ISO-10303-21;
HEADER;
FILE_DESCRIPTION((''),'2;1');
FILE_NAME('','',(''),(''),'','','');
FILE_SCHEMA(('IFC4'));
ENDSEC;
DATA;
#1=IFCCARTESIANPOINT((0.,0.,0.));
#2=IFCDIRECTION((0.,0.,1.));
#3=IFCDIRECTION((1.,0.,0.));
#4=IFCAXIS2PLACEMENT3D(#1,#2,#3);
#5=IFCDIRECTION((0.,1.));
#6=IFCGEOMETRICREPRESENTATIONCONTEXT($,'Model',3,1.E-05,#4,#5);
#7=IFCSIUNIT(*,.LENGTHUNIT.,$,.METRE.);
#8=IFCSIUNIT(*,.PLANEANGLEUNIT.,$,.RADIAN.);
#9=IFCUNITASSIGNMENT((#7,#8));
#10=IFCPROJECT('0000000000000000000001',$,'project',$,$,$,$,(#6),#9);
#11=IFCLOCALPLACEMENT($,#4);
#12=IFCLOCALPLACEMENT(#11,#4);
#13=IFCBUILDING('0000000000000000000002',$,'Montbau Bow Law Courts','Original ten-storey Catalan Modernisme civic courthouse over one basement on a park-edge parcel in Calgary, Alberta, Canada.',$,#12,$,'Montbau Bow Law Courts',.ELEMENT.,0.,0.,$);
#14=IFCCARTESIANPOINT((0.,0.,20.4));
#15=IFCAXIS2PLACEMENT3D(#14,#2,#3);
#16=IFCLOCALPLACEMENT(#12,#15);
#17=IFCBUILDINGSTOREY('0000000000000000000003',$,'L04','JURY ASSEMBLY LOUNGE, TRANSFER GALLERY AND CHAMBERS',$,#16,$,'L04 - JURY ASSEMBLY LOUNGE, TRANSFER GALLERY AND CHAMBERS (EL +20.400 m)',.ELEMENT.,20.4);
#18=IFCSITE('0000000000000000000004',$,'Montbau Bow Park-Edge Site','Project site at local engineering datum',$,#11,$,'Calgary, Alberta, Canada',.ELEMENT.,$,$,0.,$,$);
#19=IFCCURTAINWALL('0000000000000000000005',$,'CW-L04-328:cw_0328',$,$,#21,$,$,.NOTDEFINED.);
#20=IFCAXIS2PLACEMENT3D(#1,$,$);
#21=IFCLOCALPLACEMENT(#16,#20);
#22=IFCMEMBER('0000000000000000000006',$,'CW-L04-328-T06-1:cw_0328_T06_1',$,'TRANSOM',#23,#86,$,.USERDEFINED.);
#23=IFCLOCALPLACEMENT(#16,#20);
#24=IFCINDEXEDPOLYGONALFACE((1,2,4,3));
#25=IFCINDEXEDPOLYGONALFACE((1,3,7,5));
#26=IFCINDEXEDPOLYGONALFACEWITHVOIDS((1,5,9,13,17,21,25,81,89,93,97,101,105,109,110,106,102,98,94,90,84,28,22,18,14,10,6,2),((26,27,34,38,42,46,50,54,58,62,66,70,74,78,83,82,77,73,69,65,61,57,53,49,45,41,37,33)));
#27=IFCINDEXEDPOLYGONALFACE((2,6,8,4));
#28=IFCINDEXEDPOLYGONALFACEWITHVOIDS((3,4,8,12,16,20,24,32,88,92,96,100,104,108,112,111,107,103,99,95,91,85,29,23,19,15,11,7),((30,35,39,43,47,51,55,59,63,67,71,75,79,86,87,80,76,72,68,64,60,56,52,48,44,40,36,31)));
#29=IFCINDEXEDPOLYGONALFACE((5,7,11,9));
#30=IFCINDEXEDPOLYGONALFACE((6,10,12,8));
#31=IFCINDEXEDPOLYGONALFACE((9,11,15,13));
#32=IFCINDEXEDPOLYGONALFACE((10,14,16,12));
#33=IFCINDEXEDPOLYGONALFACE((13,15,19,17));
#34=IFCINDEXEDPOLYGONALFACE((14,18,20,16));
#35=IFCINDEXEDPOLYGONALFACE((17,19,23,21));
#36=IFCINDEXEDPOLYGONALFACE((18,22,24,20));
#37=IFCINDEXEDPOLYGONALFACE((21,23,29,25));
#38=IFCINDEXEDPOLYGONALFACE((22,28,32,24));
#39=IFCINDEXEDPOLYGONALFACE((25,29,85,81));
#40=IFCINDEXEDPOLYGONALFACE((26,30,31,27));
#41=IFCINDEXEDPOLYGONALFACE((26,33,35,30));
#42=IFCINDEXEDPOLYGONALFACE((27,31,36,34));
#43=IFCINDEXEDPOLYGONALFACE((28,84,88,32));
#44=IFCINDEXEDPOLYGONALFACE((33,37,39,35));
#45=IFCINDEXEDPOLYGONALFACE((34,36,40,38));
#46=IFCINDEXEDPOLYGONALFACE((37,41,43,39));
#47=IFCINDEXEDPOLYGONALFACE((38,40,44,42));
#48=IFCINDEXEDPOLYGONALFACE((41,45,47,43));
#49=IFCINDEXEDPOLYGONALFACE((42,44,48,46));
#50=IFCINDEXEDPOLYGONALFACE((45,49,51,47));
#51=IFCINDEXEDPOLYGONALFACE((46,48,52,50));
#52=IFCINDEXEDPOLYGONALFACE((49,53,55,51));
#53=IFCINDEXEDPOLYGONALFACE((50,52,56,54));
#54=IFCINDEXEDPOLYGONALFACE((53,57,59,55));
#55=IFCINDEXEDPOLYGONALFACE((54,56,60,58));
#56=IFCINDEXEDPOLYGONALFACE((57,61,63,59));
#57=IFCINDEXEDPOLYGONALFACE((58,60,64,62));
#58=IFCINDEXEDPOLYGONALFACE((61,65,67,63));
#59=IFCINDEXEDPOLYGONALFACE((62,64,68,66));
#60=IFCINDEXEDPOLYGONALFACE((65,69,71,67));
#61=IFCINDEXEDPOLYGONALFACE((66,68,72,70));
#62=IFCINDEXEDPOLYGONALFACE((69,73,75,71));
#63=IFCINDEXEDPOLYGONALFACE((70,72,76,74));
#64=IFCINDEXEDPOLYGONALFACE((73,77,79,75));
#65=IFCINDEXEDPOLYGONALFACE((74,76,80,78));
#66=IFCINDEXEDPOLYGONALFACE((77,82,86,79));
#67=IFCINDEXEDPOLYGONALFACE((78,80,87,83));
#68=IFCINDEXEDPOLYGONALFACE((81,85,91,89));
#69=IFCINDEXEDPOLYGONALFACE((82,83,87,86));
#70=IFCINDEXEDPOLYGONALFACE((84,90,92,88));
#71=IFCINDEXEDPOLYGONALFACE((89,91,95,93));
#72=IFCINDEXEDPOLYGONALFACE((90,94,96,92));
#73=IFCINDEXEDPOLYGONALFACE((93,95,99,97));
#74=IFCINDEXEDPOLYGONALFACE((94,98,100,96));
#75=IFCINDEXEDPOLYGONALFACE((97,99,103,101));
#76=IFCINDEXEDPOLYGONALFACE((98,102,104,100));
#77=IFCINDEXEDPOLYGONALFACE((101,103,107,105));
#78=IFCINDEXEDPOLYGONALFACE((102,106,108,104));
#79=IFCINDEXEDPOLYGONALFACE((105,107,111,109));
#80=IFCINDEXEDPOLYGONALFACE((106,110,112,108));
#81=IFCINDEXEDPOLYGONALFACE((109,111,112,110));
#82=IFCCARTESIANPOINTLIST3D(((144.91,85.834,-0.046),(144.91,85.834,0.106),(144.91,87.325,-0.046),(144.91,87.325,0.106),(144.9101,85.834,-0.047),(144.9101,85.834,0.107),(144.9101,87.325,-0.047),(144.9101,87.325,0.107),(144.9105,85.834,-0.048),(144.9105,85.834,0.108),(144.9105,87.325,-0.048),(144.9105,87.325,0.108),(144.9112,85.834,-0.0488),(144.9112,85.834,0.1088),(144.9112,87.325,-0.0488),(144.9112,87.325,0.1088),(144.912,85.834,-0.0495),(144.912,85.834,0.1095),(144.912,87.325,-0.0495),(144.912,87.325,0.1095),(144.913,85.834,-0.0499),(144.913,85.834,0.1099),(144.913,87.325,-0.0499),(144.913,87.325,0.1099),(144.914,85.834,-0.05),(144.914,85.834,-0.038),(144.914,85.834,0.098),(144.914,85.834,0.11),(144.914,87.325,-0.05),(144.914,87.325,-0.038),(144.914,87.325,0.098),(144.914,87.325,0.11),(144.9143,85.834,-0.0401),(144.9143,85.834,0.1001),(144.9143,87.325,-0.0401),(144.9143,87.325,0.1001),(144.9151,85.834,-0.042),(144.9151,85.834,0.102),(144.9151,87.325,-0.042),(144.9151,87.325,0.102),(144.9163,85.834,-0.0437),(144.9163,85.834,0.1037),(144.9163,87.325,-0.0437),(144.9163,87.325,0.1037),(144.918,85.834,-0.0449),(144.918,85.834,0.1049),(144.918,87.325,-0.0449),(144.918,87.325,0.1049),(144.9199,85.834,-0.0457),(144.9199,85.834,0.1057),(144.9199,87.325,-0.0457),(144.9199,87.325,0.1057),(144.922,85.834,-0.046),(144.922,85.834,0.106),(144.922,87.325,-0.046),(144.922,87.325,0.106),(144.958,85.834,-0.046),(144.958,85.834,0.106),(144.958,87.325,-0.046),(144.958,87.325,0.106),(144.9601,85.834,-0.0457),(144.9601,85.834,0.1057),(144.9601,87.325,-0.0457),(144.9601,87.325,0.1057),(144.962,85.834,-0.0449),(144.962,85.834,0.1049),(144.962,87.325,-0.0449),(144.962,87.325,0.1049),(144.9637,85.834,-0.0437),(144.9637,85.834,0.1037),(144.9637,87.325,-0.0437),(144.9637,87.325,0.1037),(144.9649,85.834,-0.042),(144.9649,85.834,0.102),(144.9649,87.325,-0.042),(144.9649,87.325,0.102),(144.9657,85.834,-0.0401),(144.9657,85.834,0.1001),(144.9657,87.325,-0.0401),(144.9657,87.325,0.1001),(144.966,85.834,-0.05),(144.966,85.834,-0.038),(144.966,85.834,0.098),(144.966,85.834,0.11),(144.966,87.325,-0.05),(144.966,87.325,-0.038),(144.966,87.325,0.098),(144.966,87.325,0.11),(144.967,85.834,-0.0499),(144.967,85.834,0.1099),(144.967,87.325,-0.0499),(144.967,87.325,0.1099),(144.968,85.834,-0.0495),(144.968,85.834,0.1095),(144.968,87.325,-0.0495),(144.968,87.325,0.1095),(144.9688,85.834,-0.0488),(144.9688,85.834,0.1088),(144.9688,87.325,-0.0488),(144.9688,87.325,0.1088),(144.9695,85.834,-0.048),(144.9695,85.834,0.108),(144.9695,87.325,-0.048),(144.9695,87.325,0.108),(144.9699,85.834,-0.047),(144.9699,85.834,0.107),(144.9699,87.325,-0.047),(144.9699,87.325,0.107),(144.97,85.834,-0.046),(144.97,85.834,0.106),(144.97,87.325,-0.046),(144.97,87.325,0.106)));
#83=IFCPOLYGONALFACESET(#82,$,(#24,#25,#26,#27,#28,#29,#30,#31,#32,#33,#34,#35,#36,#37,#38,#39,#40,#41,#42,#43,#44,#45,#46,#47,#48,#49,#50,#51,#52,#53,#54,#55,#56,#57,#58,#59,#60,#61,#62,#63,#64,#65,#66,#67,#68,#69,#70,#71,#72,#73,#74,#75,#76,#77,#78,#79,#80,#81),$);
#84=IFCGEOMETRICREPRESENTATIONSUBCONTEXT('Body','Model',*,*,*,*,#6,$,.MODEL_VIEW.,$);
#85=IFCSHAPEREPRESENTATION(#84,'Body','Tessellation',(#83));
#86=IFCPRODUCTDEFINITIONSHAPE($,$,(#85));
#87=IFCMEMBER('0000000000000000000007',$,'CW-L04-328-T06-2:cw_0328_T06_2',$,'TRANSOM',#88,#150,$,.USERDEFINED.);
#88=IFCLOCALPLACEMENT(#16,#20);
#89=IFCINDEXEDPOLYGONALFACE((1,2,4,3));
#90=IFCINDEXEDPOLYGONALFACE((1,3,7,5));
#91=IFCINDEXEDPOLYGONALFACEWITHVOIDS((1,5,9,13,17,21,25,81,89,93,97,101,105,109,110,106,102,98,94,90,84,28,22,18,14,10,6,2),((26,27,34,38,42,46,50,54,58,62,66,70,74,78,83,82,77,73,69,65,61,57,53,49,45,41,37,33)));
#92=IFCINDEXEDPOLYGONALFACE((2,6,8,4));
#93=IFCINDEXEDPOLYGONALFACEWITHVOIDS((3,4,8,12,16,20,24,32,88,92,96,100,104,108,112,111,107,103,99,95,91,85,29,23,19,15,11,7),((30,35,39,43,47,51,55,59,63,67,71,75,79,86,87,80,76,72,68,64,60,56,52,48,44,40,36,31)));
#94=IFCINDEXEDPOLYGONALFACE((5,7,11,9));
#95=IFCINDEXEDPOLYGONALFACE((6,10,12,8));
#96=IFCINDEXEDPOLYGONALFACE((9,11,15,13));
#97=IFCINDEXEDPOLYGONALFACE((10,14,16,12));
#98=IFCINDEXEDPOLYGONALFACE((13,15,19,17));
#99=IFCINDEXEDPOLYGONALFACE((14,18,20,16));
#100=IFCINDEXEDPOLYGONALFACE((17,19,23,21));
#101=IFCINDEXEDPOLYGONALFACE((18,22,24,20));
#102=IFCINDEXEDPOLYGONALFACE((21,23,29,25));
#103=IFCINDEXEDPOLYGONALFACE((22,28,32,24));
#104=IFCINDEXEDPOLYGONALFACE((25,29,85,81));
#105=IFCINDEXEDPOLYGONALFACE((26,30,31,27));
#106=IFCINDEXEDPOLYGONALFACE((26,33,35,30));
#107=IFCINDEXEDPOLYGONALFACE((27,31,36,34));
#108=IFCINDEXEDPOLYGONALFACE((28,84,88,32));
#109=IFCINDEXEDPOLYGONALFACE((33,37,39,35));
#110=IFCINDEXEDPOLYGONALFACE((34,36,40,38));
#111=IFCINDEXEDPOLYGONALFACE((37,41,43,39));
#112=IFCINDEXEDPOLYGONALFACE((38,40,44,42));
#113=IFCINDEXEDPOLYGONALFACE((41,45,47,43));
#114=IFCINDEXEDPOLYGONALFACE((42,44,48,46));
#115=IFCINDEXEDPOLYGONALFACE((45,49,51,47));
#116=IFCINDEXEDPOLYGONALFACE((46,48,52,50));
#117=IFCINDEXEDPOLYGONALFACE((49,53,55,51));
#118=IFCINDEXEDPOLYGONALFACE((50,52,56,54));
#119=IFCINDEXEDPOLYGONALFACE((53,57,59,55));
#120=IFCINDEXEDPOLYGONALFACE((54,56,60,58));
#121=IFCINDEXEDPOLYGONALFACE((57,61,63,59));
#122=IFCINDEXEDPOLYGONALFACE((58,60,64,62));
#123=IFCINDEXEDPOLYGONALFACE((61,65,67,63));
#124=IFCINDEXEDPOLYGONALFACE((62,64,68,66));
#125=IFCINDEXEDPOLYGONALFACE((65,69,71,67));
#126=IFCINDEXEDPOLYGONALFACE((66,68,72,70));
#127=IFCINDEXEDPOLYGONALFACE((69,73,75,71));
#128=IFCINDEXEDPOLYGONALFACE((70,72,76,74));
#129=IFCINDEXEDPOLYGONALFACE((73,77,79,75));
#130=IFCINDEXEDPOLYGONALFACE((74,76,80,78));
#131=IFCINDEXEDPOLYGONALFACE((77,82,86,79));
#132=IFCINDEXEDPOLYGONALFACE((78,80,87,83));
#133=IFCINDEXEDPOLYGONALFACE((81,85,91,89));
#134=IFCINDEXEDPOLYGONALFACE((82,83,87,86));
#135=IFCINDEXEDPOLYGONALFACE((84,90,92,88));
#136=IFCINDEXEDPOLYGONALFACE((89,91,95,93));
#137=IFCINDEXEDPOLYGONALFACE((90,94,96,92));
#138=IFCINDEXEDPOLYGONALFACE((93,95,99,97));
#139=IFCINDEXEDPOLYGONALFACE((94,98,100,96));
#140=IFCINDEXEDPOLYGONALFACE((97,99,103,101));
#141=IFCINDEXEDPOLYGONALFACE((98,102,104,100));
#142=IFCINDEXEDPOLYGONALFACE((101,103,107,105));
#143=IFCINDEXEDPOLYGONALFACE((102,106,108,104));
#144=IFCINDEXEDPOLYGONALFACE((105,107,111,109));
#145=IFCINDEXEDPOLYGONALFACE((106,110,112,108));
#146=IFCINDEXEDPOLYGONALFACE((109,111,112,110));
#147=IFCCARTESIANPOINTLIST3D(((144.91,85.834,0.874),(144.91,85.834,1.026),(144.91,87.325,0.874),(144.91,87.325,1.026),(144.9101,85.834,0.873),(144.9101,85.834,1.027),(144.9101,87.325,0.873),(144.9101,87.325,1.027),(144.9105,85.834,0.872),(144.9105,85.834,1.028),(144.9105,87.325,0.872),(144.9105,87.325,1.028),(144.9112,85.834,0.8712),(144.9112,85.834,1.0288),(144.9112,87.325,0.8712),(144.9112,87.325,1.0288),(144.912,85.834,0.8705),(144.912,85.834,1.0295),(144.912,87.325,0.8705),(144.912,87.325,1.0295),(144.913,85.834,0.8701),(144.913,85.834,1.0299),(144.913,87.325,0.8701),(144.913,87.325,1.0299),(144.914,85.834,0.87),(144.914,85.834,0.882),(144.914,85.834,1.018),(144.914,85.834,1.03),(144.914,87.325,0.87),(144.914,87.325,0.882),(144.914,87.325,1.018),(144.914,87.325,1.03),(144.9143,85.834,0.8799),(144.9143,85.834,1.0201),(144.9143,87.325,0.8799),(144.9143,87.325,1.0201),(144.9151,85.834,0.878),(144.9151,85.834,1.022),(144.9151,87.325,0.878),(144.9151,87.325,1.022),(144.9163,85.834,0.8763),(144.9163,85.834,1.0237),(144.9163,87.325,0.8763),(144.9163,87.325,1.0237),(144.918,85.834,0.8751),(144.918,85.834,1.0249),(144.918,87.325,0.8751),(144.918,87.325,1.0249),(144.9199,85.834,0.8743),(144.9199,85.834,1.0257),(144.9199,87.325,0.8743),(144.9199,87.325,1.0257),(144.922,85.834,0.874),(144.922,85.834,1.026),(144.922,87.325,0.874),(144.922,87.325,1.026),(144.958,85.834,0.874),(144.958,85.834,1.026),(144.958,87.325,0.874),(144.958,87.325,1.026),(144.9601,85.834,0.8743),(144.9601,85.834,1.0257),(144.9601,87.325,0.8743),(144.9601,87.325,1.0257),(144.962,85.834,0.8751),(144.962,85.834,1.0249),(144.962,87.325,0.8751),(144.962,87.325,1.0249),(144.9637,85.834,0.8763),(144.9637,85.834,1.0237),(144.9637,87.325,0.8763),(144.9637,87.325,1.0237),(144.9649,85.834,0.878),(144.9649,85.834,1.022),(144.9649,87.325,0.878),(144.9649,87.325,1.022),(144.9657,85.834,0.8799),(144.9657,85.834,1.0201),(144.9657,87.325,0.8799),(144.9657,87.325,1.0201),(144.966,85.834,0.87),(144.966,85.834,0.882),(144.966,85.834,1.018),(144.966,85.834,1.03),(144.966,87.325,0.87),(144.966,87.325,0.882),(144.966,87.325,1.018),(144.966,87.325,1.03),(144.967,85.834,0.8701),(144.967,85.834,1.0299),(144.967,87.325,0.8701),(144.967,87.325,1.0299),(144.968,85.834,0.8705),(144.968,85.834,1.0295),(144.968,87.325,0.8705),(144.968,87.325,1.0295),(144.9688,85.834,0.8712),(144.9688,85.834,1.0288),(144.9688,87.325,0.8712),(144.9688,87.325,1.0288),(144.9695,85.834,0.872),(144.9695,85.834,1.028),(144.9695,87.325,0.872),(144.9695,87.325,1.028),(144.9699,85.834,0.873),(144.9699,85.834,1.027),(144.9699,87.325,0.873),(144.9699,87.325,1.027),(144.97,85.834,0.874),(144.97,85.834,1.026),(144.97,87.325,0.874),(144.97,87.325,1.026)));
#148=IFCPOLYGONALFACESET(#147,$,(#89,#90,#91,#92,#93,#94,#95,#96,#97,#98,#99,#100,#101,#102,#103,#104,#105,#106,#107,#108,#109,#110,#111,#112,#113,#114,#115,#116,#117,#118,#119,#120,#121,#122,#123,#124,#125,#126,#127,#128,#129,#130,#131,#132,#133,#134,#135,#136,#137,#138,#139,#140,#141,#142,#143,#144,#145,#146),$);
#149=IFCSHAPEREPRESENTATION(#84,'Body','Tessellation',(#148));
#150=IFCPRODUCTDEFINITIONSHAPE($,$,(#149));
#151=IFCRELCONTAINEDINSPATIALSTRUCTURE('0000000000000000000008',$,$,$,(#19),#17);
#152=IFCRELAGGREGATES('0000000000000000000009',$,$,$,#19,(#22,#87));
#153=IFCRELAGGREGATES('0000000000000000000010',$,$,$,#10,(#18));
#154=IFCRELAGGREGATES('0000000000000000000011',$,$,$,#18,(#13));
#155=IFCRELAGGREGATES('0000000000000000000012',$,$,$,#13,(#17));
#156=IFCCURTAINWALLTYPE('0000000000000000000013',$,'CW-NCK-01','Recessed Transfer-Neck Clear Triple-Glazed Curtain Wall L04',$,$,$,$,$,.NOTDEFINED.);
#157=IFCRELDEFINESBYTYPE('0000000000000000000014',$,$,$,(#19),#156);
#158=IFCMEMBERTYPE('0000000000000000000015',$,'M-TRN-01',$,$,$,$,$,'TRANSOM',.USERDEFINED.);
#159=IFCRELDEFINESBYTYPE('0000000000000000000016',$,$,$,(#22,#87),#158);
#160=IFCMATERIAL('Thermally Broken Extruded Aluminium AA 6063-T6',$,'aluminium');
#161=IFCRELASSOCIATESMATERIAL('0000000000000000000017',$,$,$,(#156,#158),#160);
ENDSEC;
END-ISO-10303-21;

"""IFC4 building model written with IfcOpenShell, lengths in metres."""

from ifc_helpers import new_model, si_unit, direction, frame, origin_with_axes, origin_2d_with_axis, place, context, subcontext, project, spatial, hollow_rectangle, extrude, material, material_profile, profile_set, type_object, element, aggregate, save


model = new_model("IFC4")

# Units and contexts
model_context = context("Model", 3, precision=1e-05, world=origin_with_axes(), true_north=direction((0.0, 1.0)))
body_context = subcontext(model_context, "Body", "Model", "MODEL_VIEW")
ifc_project = project(units=[si_unit("LENGTHUNIT", "METRE"), si_unit("PLANEANGLEUNIT", "RADIAN")], contexts=[model_context])

# Site, building, storey
site_placement = place(None, origin_with_axes())
site = spatial("IfcSite", under=ifc_project, at=site_placement, Name="Montbau Bow Park-Edge Site", Description="Project site at local engineering datum", LongName="Calgary, Alberta, Canada", CompositionType="ELEMENT", RefElevation=0.0)
building_placement = place(site_placement, origin_with_axes())
building = spatial("IfcBuilding", under=site, at=building_placement, Name="Montbau Bow Law Courts", Description="Original ten-storey Catalan Modernisme civic courthouse over one basement on a park-edge parcel in Calgary, Alberta, Canada.", LongName="Montbau Bow Law Courts", CompositionType="ELEMENT", ElevationOfRefHeight=0.0, ElevationOfTerrain=0.0)
storey_placement = place(building_placement, frame((0.0, 0.0, 20.4), z_axis=(0.0, 0.0, 1.0), x_axis=(1.0, 0.0, 0.0)))
storey = spatial("IfcBuildingStorey", under=building, at=storey_placement, Name="L04", Description="JURY ASSEMBLY LOUNGE, TRANSFER GALLERY AND CHAMBERS", LongName="L04 - JURY ASSEMBLY LOUNGE, TRANSFER GALLERY AND CHAMBERS (EL +20.400 m)", CompositionType="ELEMENT", Elevation=20.4)

# Curtain wall, members
ifc_material_1 = material(Name="Thermally Broken Extruded Aluminium AA 6063-T6", Category="aluminium")
curtain_wall_type = type_object("IfcCurtainWallType", Name="CW-NCK-01", Description="Recessed Transfer-Neck Clear Triple-Glazed Curtain Wall L04", PredefinedType="NOTDEFINED", material=ifc_material_1)
curtain_wall_placement = place(None, frame((144.94, 78.0, 20.4), z_axis=(0.0, 0.0, 1.0), x_axis=(1.0, 0.0, 0.0)))
curtain_wall = element("IfcCurtainWall", 1, at=curtain_wall_placement, inside=storey, type_object=curtain_wall_type, Name="CW-L04-328:cw_0328", PredefinedType="NOTDEFINED")
ifc_material_profile_1 = material_profile(ifc_material_1, hollow_rectangle(XDim=0.06, YDim=0.16, WallThickness=0.004, InnerFilletRadius=0.008, OuterFilletRadius=0.004, at=origin_2d_with_axis()), Name="CWT-160X60", Category="Main", Priority=0)
ifc_profile_set_1 = profile_set([ifc_material_profile_1], Name="Thermally Broken Extruded Aluminium AA 6063-T6")
member_type_1 = type_object("IfcMemberType", Name="M-TRN-01", ElementType="TRANSOM", PredefinedType="USERDEFINED", material=ifc_profile_set_1)
member_1_placement = place(None, frame((144.94, 85.834, 20.43), z_axis=(0.0, 1.0, 0.0), x_axis=(-1.0, 0.0, 0.0)))
member_1 = element("IfcMember", 2, at=member_1_placement, type_object=member_type_1, Name="CW-L04-328-T06-1:cw_0328_T06_1", ObjectType="TRANSOM", PredefinedType="USERDEFINED", context=body_context, shape_type="SweptSolid", body=[
    extrude(hollow_rectangle(XDim=0.06, YDim=0.16, WallThickness=0.004, InnerFilletRadius=0.008, OuterFilletRadius=0.004, at=origin_2d_with_axis()), origin_with_axes(), (0.0, 0.0, 1.0), 1.491),
])
member_2_placement = place(None, frame((144.94, 85.834, 21.35), z_axis=(0.0, 1.0, 0.0), x_axis=(-1.0, 0.0, 0.0)))
member_2 = element("IfcMember", 3, at=member_2_placement, type_object=member_type_1, Name="CW-L04-328-T06-2:cw_0328_T06_2", ObjectType="TRANSOM", PredefinedType="USERDEFINED", context=body_context, shape_type="SweptSolid", body=[
    extrude(hollow_rectangle(XDim=0.06, YDim=0.16, WallThickness=0.004, InnerFilletRadius=0.008, OuterFilletRadius=0.004, at=origin_2d_with_axis()), origin_with_axes(), (0.0, 0.0, 1.0), 1.491),
])
aggregate(curtain_wall, [member_1, member_2])

save(model, "model.ifc")
